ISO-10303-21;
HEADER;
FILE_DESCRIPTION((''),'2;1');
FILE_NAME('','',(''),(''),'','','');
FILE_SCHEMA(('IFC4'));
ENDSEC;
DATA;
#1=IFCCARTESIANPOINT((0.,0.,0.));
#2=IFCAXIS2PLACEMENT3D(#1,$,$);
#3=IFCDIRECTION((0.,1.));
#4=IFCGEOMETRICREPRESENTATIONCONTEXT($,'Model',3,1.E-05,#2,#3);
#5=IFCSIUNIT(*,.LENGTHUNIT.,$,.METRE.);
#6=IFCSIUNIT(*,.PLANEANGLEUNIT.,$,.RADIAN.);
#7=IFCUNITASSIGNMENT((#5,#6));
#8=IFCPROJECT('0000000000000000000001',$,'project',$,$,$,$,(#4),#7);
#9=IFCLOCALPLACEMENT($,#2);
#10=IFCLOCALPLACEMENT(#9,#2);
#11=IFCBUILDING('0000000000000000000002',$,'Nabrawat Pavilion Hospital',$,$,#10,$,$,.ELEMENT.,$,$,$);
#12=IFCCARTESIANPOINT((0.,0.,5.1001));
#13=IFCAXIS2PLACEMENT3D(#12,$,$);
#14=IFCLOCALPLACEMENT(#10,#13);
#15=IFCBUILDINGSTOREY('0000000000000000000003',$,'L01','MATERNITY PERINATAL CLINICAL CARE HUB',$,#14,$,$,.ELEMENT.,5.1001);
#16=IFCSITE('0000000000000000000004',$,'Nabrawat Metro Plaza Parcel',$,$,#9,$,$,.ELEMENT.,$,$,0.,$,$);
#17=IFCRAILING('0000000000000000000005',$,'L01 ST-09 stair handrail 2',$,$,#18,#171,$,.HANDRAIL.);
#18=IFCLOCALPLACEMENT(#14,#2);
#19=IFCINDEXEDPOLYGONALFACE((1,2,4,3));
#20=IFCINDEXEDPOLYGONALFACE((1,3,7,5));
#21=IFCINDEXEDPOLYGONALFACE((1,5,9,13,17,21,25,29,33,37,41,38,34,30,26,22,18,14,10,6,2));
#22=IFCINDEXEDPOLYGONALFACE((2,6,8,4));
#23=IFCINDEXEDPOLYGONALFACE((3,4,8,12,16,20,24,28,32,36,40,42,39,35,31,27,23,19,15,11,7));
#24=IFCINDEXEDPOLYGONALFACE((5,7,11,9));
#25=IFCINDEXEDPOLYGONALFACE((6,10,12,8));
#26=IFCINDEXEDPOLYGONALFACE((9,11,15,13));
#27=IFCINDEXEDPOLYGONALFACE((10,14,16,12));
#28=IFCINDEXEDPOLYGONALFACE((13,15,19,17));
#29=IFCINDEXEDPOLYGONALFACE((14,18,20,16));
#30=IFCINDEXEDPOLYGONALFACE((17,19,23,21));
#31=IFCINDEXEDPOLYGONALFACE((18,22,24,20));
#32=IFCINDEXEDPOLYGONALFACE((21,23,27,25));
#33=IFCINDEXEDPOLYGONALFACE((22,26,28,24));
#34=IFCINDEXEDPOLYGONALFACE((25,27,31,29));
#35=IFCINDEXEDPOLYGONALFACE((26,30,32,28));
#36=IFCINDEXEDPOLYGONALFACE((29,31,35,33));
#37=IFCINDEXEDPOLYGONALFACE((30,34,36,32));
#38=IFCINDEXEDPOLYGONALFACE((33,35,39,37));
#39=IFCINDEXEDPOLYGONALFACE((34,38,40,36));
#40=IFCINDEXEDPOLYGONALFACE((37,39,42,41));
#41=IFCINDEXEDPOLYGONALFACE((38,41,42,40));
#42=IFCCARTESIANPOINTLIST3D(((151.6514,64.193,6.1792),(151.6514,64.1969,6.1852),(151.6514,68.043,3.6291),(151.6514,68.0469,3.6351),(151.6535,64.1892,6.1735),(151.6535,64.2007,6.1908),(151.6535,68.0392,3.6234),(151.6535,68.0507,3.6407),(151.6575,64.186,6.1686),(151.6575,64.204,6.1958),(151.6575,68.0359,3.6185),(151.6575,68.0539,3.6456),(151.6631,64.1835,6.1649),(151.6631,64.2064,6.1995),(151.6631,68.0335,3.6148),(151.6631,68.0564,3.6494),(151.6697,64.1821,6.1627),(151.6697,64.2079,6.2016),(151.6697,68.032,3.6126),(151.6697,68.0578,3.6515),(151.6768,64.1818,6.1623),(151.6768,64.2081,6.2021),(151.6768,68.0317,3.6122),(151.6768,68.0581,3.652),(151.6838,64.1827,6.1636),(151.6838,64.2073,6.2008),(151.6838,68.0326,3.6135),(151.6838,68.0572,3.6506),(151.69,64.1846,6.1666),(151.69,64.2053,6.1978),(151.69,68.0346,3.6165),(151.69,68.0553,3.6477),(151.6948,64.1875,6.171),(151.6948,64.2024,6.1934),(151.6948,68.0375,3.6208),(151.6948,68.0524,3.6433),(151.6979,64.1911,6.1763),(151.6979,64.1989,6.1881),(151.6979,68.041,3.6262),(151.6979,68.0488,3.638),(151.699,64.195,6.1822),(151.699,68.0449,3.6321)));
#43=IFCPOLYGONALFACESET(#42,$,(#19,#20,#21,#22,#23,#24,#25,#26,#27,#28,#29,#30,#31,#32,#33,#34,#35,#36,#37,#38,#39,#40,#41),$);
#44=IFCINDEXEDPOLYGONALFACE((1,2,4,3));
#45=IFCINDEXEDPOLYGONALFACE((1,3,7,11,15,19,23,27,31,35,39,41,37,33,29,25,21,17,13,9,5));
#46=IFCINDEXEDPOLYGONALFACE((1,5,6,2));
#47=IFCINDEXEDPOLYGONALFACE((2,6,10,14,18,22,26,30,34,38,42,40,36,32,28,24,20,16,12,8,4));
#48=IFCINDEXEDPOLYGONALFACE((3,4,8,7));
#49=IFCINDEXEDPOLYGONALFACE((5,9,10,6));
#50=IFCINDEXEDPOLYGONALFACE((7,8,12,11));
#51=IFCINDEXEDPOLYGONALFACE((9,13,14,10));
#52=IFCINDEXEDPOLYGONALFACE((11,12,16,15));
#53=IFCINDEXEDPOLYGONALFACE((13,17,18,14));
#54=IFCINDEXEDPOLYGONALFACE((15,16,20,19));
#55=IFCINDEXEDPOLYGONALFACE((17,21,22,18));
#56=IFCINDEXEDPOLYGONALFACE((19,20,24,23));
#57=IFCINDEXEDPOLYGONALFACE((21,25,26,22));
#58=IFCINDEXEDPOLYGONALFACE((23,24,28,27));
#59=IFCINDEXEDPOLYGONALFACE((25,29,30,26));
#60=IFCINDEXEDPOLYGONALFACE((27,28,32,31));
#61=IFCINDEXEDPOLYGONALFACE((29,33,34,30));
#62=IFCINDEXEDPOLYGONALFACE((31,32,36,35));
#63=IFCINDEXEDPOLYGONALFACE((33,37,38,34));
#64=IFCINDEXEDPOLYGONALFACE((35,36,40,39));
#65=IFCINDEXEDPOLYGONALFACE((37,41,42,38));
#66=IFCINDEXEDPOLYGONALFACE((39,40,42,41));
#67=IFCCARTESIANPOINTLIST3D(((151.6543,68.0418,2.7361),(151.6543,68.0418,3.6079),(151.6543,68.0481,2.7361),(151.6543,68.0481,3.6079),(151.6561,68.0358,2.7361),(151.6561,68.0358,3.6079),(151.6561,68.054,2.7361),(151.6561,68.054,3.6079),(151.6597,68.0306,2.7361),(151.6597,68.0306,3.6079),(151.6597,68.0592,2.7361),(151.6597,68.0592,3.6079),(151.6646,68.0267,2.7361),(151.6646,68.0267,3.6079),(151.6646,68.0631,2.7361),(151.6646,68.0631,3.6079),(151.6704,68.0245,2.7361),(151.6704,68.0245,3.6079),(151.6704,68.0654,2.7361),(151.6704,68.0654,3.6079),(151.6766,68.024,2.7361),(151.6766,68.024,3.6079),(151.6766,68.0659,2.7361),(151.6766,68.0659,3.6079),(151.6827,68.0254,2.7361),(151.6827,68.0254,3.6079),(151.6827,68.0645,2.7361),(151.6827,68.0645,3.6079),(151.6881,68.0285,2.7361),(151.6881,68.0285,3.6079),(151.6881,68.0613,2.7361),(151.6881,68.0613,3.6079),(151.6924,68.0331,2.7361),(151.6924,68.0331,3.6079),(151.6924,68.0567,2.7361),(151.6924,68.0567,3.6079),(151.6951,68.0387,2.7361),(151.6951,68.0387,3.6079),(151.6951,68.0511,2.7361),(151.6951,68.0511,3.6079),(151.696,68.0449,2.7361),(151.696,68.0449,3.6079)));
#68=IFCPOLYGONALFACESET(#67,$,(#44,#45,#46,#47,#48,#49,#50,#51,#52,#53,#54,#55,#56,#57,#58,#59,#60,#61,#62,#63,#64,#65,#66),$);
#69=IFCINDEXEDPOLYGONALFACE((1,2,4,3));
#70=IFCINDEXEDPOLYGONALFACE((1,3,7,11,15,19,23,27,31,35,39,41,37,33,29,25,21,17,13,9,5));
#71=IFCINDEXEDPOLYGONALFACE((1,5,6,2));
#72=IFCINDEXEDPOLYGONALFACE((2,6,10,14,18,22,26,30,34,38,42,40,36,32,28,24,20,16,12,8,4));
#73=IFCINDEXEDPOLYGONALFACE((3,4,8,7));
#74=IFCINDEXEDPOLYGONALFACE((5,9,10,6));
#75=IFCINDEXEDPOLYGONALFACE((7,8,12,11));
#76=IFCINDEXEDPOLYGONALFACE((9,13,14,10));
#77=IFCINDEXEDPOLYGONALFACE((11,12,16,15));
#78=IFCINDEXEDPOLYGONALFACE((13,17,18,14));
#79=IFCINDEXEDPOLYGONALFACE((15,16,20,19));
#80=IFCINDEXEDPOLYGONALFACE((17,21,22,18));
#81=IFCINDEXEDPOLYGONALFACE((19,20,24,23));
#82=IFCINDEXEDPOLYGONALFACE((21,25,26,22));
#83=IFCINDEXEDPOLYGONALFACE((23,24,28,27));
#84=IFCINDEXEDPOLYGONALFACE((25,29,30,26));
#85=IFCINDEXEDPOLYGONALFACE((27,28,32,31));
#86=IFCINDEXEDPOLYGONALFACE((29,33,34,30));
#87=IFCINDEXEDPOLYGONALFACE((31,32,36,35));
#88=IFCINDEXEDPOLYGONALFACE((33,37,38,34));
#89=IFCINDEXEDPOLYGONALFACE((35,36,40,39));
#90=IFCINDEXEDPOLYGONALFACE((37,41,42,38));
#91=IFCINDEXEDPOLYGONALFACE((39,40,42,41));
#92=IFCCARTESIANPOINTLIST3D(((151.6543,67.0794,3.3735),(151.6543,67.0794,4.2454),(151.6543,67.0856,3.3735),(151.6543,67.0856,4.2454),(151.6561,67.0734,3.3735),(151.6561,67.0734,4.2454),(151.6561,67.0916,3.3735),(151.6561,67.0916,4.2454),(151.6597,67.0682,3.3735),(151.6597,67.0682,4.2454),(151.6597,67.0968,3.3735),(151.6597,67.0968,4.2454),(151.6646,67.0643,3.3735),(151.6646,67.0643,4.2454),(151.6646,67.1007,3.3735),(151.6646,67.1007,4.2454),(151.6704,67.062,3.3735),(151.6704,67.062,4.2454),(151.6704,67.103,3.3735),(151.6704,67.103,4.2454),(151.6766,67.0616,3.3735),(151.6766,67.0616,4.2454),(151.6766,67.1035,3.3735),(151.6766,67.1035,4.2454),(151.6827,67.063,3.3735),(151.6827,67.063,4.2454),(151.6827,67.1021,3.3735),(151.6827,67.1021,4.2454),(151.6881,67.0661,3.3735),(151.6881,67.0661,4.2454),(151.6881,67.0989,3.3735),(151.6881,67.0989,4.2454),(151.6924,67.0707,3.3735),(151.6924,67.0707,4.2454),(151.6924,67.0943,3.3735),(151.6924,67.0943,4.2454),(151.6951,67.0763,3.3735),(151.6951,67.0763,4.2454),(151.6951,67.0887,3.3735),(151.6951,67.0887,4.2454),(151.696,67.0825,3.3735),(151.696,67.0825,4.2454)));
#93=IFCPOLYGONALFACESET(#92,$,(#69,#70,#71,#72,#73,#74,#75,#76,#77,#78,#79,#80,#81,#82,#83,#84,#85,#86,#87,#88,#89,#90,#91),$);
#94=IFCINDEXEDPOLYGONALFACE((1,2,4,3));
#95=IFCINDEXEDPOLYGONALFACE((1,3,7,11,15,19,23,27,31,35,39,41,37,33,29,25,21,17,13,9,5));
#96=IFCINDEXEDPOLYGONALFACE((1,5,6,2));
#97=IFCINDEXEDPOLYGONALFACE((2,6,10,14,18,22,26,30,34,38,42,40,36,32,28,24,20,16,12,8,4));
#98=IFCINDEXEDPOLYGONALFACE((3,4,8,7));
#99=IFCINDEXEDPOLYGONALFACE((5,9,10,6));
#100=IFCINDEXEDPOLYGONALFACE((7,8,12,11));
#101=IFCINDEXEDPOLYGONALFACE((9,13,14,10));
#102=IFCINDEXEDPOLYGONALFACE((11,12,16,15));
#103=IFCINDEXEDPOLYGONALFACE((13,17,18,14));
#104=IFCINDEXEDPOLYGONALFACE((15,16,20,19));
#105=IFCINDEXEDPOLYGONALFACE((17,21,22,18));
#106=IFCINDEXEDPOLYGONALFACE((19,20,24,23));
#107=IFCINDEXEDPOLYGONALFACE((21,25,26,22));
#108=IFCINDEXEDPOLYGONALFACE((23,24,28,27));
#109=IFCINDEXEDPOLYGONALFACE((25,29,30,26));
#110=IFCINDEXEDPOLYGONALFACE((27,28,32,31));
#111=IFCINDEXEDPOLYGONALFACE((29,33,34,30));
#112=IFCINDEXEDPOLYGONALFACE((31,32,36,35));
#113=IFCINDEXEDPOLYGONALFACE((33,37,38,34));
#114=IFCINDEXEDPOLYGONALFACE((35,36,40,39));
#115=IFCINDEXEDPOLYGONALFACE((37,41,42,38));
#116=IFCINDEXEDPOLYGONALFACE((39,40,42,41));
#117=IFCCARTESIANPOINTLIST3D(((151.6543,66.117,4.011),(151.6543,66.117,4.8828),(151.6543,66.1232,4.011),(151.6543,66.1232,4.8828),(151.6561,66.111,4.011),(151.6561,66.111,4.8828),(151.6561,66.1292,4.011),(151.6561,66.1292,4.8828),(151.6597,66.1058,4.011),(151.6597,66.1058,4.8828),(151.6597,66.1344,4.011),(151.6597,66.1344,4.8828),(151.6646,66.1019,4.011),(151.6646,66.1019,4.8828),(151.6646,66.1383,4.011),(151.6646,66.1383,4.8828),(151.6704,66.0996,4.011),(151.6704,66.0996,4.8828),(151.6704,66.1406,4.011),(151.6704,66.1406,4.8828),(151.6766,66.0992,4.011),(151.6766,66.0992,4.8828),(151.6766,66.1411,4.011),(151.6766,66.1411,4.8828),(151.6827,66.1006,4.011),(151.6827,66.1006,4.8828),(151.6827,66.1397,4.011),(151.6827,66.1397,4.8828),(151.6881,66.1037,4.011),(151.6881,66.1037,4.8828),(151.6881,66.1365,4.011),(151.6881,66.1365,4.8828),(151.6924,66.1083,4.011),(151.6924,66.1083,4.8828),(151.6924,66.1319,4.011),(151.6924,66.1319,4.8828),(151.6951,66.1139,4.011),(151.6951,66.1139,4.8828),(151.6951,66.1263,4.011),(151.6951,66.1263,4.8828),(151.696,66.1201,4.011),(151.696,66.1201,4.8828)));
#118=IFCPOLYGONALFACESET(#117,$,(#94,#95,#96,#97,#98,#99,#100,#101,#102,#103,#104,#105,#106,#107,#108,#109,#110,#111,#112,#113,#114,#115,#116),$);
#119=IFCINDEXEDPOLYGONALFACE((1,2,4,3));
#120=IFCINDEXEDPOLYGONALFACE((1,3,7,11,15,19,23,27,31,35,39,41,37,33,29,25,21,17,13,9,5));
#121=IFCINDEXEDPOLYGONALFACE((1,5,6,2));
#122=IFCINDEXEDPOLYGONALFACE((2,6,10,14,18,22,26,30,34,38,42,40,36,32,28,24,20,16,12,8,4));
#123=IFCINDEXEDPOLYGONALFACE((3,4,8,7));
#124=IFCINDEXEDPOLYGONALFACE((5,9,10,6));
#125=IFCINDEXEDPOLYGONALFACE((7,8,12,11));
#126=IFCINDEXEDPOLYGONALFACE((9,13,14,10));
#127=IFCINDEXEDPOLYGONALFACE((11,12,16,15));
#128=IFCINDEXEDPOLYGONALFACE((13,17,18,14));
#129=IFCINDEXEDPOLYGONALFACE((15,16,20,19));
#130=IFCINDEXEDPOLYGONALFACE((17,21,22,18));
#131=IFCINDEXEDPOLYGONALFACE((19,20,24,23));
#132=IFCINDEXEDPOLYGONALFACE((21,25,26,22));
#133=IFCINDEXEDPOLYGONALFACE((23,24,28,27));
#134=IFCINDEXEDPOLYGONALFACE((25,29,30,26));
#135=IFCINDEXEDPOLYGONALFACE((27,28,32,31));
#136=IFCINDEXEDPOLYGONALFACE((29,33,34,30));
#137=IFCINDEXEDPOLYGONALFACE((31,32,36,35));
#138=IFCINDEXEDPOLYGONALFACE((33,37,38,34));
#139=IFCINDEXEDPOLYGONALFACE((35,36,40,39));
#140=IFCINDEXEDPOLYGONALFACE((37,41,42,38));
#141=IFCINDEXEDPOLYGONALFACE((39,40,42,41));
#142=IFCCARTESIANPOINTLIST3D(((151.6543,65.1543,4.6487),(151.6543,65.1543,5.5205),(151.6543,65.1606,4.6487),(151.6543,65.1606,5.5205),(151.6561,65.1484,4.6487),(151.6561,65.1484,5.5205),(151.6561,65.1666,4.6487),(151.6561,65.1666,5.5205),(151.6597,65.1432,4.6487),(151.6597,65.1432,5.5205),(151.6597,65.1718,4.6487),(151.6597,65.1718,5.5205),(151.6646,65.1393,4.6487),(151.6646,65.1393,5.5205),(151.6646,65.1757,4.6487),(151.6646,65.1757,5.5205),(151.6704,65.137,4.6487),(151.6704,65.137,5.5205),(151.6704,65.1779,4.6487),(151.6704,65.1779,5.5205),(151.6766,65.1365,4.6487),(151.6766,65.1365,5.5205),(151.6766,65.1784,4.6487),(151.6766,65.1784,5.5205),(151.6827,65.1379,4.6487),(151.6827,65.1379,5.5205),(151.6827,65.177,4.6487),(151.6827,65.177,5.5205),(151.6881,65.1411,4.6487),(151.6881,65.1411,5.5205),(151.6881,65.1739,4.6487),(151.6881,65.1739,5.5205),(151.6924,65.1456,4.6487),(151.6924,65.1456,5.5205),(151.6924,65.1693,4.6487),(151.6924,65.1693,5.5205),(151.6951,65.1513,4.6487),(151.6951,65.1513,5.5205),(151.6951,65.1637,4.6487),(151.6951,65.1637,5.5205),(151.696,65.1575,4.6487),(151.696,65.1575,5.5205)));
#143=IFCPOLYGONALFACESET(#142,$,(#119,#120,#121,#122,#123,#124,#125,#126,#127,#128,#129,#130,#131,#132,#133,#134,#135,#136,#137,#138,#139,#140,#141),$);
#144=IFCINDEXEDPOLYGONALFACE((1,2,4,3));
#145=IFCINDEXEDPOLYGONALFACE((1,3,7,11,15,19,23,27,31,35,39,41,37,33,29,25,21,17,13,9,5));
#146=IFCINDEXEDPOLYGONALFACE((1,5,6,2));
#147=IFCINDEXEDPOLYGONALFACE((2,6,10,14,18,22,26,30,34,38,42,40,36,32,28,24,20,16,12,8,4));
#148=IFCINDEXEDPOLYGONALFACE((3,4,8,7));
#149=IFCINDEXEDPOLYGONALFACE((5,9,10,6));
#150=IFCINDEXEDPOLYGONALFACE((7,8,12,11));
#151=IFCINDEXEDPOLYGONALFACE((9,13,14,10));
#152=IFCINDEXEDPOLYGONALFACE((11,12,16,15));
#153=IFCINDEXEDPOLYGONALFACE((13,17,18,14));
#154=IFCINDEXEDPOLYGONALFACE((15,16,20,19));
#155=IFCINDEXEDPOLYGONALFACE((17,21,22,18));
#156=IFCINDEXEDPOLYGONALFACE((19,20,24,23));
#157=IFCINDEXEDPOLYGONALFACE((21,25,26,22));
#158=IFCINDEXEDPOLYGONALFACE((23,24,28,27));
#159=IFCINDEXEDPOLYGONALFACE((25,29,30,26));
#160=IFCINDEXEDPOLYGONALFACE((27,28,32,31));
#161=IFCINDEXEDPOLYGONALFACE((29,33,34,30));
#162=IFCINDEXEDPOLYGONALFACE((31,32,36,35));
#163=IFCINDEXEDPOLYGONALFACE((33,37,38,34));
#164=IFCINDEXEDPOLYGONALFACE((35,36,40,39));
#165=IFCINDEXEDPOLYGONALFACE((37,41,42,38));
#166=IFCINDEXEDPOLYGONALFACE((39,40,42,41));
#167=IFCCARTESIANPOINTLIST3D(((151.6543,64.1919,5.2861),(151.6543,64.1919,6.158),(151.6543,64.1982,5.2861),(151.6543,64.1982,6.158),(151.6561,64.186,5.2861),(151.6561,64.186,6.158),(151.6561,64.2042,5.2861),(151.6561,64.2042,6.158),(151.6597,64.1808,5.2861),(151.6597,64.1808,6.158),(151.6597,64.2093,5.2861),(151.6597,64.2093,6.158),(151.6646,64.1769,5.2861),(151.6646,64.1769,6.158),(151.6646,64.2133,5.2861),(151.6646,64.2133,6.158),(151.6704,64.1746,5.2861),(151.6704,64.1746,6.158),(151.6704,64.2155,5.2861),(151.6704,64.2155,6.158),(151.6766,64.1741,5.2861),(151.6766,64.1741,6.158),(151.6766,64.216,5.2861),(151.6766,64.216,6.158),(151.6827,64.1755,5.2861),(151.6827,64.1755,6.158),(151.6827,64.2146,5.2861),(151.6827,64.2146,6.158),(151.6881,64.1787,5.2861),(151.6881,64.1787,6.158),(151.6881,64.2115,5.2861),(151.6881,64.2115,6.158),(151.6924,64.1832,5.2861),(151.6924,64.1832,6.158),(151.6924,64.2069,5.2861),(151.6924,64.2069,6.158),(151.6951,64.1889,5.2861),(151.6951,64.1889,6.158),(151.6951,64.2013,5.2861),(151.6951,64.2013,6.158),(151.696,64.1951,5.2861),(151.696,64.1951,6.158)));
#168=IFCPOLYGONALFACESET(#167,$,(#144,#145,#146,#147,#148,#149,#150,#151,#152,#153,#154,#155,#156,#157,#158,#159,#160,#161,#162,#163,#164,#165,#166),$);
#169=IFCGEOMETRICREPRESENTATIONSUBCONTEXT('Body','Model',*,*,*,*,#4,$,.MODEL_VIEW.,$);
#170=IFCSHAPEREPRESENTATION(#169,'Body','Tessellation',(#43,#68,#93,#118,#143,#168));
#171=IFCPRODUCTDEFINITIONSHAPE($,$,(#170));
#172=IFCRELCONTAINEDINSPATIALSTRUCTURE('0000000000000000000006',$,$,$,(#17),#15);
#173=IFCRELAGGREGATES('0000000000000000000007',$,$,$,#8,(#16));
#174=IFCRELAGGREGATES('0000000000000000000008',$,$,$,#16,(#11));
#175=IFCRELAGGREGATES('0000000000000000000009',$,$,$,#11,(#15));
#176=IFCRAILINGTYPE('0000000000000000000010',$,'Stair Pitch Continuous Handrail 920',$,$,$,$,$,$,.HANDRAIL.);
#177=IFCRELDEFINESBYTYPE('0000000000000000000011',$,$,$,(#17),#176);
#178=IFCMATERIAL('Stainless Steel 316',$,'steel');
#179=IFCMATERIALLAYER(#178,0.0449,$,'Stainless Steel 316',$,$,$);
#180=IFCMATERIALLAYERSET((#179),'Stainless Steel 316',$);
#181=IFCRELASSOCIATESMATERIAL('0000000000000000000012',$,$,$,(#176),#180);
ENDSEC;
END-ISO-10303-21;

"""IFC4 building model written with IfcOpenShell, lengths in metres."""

from ifc_helpers import new_model, si_unit, direction, frame, origin, origin_2d, place, context, subcontext, project, spatial, circle, extrude, material, layer, layer_set, type_object, element, save


model = new_model("IFC4")

# Units and contexts
model_context = context("Model", 3, precision=1e-05, world=origin(), true_north=direction((0.0, 1.0)))
body_context = subcontext(model_context, "Body", "Model", "MODEL_VIEW")
ifc_project = project(units=[si_unit("LENGTHUNIT", "METRE"), si_unit("PLANEANGLEUNIT", "RADIAN")], contexts=[model_context])

# Site, building, storey
site_placement = place(None, origin())
site = spatial("IfcSite", under=ifc_project, at=site_placement, Name="Nabrawat Metro Plaza Parcel", CompositionType="ELEMENT", RefElevation=0.0)
building_placement = place(site_placement, origin())
building = spatial("IfcBuilding", under=site, at=building_placement, Name="Nabrawat Pavilion Hospital", CompositionType="ELEMENT")
storey_placement = place(building_placement, frame((0.0, 0.0, 5.1001)))
storey = spatial("IfcBuildingStorey", under=building, at=storey_placement, Name="L01", Description="MATERNITY PERINATAL CLINICAL CARE HUB", CompositionType="ELEMENT", Elevation=5.1001)

# Railing
ifc_material_1 = material(Name="Stainless Steel 316", Category="steel")
ifc_layer_1 = layer(ifc_material_1, 0.0449, Name="Stainless Steel 316")
ifc_layer_set_1 = layer_set([ifc_layer_1], Name="Stainless Steel 316")
railing_type_1 = type_object("IfcRailingType", Name="Stair Pitch Continuous Handrail 920", PredefinedType="HANDRAIL", material=ifc_layer_set_1)
railing_1_placement = place(storey_placement, frame((151.675, 68.0449, 2.7361)))
element("IfcRailing", 1, at=railing_1_placement, inside=storey, type_object=railing_type_1, Name="L01 ST-09 stair handrail 2", PredefinedType="HANDRAIL", context=body_context, shape_type="SweptSolid", body=[
    extrude(circle(Radius=0.0239, at=origin_2d()), frame((0.0, 0.0, 0.896), z_axis=(0.0, -0.833698, 0.552221), x_axis=(1.0, 0.0, 0.0)), (0.0, 0.0, 1.0), 4.6179),
    extrude(circle(Radius=0.021, at=origin_2d()), origin(), (0.0, 0.0, 1.0), 0.8718),
    extrude(circle(Radius=0.021, at=origin_2d()), frame((0.0, -0.9624, 0.6375)), (0.0, 0.0, 1.0), 0.8718),
    extrude(circle(Radius=0.021, at=origin_2d()), frame((0.0, -1.9248, 1.2749)), (0.0, 0.0, 1.0), 0.8718),
    extrude(circle(Radius=0.021, at=origin_2d()), frame((0.0, -2.8875, 1.9126)), (0.0, 0.0, 1.0), 0.8718),
    extrude(circle(Radius=0.021, at=origin_2d()), frame((0.0, -3.8499, 2.55)), (0.0, 0.0, 1.0), 0.8718),
])

save(model, "model.ifc")
